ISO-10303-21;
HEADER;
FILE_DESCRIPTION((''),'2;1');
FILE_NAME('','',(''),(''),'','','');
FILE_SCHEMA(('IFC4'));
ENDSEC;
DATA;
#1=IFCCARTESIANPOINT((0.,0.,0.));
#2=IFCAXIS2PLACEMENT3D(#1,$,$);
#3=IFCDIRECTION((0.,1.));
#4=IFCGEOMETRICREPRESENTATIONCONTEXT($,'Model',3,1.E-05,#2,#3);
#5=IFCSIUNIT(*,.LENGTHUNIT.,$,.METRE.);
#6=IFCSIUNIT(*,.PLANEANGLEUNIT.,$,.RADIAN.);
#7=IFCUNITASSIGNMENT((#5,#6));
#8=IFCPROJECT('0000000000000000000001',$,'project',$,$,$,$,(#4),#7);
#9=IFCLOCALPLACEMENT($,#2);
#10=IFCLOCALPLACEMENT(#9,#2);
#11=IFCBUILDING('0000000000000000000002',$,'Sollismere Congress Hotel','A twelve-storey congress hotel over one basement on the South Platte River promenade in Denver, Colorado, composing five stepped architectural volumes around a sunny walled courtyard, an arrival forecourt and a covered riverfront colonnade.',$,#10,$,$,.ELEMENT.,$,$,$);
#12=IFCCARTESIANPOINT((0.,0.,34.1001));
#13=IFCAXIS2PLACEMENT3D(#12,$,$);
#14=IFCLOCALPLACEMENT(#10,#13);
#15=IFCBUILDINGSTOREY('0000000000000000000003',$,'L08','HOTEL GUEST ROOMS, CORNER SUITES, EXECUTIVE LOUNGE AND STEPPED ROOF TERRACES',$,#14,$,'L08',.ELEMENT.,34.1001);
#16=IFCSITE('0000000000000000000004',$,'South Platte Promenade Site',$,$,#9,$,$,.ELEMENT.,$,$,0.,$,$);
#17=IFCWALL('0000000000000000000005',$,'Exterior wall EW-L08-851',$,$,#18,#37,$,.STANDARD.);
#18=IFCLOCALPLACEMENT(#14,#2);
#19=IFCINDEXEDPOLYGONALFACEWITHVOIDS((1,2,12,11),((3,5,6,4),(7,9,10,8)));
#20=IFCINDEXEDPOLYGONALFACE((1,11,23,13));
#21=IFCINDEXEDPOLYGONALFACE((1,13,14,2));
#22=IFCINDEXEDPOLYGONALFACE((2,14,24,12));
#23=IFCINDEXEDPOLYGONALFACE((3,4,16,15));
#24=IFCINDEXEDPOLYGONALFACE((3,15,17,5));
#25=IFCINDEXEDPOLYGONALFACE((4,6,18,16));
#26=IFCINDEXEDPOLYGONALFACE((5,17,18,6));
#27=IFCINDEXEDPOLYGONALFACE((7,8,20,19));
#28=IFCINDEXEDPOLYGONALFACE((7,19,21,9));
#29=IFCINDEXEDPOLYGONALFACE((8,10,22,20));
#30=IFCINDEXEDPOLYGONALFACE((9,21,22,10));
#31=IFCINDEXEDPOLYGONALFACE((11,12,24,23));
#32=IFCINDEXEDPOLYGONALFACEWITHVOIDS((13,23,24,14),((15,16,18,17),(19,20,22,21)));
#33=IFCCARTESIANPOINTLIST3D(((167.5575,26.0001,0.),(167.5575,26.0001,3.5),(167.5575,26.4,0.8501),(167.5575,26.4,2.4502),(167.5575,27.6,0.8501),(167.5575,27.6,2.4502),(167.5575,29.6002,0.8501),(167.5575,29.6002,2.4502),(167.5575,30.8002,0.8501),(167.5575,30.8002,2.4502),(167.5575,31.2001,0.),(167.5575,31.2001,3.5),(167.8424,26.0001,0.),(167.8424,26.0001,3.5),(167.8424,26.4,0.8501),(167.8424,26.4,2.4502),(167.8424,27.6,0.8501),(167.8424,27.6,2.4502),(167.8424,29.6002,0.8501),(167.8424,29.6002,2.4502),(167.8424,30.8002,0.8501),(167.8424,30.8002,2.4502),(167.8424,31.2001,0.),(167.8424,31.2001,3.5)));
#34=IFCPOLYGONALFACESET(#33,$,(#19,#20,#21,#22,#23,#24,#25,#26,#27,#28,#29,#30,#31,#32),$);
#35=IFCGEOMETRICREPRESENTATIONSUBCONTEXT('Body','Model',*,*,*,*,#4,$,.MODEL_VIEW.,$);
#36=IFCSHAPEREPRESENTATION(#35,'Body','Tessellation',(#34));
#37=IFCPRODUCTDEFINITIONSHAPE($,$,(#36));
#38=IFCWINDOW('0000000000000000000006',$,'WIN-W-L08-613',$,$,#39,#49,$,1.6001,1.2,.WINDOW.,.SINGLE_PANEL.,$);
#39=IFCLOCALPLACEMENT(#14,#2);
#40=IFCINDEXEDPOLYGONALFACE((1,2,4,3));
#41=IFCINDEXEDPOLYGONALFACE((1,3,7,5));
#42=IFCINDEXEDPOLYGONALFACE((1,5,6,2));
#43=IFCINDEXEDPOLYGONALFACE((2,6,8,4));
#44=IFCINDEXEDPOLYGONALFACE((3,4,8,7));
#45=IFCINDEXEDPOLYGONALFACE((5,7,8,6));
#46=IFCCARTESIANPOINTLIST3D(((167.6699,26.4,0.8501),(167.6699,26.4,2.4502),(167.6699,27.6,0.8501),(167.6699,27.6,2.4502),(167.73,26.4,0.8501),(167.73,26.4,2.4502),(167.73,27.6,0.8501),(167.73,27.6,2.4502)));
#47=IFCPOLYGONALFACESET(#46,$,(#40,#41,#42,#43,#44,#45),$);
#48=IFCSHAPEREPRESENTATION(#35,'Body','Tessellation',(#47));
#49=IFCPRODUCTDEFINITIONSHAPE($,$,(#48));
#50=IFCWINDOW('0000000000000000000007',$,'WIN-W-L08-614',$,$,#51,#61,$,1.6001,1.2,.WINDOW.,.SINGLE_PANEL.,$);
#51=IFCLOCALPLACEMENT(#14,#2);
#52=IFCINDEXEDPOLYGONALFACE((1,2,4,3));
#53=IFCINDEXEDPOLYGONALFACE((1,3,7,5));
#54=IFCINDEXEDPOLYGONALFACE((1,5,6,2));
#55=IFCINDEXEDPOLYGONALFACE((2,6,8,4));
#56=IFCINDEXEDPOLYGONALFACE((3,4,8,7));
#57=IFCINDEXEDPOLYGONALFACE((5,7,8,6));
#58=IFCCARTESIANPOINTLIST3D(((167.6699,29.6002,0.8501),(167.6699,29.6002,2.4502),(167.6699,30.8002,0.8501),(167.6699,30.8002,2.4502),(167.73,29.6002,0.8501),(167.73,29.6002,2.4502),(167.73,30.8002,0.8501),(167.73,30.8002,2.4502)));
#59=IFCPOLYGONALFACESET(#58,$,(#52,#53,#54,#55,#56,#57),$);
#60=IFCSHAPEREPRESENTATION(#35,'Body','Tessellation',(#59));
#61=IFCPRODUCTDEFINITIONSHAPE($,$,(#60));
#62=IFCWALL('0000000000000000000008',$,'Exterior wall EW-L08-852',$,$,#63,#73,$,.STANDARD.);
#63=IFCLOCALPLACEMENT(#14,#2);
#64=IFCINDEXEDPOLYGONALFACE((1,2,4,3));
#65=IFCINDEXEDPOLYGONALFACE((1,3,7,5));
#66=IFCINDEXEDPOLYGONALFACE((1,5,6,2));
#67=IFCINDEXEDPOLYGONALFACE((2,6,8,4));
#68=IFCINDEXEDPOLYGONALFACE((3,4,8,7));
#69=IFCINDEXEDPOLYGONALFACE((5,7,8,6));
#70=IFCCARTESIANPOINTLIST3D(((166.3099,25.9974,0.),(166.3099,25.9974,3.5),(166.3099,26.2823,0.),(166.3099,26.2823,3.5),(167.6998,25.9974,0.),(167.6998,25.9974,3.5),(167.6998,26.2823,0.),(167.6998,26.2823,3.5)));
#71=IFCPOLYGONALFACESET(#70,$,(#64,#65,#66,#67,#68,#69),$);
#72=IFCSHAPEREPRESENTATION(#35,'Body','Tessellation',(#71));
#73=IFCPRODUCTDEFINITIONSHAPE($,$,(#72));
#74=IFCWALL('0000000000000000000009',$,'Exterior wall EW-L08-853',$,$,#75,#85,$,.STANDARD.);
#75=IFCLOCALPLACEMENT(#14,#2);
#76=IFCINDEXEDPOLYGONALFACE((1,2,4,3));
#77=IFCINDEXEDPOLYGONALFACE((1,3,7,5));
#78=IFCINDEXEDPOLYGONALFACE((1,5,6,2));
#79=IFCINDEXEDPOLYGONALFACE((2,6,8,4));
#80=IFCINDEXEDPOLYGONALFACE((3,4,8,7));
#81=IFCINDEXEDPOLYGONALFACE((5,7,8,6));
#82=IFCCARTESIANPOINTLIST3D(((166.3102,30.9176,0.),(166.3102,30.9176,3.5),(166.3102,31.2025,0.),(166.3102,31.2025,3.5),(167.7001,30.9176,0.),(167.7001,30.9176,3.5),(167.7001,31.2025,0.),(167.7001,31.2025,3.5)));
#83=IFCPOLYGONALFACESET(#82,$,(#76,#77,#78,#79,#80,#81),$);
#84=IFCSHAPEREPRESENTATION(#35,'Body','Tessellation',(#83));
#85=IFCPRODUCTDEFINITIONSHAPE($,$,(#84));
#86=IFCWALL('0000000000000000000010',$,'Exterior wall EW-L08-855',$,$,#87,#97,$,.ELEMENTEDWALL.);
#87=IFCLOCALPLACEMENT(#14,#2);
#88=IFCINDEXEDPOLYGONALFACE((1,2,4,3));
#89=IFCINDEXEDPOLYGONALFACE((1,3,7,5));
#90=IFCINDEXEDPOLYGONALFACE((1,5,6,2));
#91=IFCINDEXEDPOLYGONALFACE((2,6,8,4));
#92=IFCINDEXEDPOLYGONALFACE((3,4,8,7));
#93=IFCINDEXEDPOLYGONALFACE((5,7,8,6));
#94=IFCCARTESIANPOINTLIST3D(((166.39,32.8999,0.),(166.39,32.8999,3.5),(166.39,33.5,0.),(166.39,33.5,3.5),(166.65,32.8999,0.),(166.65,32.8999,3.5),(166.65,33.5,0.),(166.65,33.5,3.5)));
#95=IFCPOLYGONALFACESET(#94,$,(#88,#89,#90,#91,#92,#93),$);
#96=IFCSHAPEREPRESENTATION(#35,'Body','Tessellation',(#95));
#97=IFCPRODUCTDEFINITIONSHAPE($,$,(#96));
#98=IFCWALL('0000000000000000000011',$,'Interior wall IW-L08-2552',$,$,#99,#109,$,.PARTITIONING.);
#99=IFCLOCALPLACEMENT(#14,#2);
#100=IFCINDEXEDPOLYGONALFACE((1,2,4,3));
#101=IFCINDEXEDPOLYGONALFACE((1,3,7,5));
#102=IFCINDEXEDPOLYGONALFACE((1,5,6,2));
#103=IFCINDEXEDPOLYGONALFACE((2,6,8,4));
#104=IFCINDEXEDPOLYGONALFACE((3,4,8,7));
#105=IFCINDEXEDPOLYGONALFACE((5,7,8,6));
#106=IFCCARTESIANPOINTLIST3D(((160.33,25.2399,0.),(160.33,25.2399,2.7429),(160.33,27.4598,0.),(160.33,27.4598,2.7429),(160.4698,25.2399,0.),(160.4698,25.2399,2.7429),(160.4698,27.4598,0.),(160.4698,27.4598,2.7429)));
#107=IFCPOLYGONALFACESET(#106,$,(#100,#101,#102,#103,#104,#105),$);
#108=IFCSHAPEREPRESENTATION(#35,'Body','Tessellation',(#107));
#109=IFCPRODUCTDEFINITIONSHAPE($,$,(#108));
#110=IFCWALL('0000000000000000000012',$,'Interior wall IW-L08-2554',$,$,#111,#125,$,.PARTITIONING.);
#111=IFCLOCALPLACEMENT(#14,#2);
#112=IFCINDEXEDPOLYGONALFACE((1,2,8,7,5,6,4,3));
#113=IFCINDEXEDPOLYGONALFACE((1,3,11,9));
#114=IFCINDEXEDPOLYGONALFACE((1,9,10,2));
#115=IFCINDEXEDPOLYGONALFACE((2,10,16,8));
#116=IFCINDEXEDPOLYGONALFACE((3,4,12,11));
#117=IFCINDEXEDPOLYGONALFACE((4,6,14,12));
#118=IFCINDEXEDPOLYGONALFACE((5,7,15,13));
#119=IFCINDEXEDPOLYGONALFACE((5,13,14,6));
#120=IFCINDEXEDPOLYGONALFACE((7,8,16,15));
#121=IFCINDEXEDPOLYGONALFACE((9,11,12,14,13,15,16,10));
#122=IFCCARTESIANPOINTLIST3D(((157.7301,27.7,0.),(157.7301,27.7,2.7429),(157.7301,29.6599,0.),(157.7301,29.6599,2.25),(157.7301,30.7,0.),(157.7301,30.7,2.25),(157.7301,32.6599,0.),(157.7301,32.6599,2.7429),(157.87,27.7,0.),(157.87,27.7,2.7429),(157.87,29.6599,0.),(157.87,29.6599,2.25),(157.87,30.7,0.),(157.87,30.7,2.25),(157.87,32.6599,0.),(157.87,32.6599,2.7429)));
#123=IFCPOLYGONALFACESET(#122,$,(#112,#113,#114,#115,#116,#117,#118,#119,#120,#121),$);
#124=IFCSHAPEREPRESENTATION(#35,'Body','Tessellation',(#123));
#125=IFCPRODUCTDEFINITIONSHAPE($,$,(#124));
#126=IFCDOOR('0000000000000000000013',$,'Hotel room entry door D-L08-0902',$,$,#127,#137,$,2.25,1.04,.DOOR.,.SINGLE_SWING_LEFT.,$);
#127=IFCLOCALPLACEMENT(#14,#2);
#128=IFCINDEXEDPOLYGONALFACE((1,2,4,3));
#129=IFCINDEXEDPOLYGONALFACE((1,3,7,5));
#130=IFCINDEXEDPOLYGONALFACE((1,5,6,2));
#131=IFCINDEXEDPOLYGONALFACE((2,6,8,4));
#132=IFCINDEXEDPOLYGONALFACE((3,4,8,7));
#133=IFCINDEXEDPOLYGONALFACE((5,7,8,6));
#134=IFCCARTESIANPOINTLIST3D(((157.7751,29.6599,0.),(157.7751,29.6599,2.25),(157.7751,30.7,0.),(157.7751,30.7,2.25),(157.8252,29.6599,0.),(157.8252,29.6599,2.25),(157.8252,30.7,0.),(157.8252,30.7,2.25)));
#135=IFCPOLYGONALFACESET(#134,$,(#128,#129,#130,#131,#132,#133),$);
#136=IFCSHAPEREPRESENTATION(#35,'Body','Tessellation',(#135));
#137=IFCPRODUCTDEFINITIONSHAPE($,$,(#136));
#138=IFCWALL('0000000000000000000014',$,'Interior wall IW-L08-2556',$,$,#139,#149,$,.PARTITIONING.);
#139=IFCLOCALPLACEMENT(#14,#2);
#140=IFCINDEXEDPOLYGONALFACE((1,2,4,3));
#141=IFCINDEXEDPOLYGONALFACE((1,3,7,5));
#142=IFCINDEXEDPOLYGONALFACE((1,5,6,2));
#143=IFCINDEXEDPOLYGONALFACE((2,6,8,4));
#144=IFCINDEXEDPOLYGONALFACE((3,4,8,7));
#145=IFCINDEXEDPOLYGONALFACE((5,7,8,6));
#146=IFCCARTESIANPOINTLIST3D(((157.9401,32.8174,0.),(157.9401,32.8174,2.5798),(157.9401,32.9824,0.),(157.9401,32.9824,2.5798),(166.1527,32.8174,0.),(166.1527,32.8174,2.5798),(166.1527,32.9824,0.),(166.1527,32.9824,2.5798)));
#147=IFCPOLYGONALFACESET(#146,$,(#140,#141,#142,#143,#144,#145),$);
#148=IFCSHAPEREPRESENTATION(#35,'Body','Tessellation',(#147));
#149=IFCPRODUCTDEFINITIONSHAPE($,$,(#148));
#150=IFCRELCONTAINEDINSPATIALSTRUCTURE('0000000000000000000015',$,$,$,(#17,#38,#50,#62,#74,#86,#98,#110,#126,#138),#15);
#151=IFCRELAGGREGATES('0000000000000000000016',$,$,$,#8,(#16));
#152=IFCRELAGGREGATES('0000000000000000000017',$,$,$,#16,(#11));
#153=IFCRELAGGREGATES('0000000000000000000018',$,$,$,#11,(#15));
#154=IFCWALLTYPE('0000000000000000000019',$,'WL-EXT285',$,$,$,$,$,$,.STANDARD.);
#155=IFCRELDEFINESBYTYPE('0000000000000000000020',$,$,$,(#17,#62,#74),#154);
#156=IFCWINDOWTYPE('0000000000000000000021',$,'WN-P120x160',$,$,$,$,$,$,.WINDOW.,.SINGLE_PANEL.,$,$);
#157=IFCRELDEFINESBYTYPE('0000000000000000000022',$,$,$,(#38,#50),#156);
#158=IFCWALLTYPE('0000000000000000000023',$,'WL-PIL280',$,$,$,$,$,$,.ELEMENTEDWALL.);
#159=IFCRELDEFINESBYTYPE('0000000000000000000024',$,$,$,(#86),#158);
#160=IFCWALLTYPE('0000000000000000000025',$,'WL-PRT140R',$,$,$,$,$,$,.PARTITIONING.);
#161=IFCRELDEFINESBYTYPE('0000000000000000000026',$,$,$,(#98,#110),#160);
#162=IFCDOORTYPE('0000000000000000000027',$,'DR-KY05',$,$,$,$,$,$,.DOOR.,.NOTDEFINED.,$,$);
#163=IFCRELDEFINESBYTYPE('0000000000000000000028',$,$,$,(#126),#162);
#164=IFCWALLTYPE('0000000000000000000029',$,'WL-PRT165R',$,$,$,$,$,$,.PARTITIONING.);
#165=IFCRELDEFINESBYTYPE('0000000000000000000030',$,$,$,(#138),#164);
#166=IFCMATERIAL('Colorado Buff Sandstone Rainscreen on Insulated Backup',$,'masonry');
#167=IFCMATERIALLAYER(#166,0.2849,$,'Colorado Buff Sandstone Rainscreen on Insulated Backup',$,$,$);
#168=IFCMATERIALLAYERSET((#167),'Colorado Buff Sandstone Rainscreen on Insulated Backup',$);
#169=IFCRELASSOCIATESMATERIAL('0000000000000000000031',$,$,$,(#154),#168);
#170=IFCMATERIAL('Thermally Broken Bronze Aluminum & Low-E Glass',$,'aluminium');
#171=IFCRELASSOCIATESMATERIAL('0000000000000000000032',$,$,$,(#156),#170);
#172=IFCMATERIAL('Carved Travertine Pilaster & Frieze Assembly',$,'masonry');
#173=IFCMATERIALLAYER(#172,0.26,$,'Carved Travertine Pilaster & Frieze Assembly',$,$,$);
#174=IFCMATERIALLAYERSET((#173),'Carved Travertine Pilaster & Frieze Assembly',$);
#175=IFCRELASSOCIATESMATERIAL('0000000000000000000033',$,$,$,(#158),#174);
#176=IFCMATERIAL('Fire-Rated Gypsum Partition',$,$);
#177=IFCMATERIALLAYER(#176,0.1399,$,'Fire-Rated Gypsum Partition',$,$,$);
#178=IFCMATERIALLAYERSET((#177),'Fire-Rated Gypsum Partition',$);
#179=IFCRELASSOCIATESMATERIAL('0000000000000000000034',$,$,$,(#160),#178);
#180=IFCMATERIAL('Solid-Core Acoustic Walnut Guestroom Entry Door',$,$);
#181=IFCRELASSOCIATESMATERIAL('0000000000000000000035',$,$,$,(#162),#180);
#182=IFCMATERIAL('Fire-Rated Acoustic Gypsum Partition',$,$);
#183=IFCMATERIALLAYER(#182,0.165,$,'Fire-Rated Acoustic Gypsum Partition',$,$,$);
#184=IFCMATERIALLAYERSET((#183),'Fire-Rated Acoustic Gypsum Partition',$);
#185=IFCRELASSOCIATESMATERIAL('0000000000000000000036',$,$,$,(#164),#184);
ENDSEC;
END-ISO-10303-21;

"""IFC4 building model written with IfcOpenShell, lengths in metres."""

from ifc_helpers import new_model, si_unit, direction, frame, frame_2d, origin, place, context, subcontext, project, spatial, rectangle, extrude, material, layer, layer_set, type_object, element, fill, save


model = new_model("IFC4")

# Units and contexts
model_context = context("Model", 3, precision=1e-05, world=origin(), true_north=direction((0.0, 1.0)))
body_context = subcontext(model_context, "Body", "Model", "MODEL_VIEW")
ifc_project = project(units=[si_unit("LENGTHUNIT", "METRE"), si_unit("PLANEANGLEUNIT", "RADIAN")], contexts=[model_context])

# Site, building, storey
site_placement = place(None, origin())
site = spatial("IfcSite", under=ifc_project, at=site_placement, Name="South Platte Promenade Site", CompositionType="ELEMENT", RefElevation=0.0)
building_placement = place(site_placement, origin())
building = spatial("IfcBuilding", under=site, at=building_placement, Name="Sollismere Congress Hotel", Description="A twelve-storey congress hotel over one basement on the South Platte River promenade in Denver, Colorado, composing five stepped architectural volumes around a sunny walled courtyard, an arrival forecourt and a covered riverfront colonnade.", CompositionType="ELEMENT")
storey_placement = place(building_placement, frame((0.0, 0.0, 34.1001)))
storey = spatial("IfcBuildingStorey", under=building, at=storey_placement, Name="L08", Description="HOTEL GUEST ROOMS, CORNER SUITES, EXECUTIVE LOUNGE AND STEPPED ROOF TERRACES", LongName="L08", CompositionType="ELEMENT", Elevation=34.1001)

# Shared definitions
ifc_material_1 = material(Name="Colorado Buff Sandstone Rainscreen on Insulated Backup", Category="masonry")
ifc_layer_1 = layer(ifc_material_1, 0.2849, Name="Colorado Buff Sandstone Rainscreen on Insulated Backup")
ifc_layer_set_1 = layer_set([ifc_layer_1], Name="Colorado Buff Sandstone Rainscreen on Insulated Backup")
wall_type_1 = type_object("IfcWallType", Name="WL-EXT285", PredefinedType="STANDARD", material=ifc_layer_set_1)

# Wall, openings, windows
wall_1_placement = place(storey_placement, frame((167.7, 26.0, 0.0), z_axis=(0.0, 0.0, 1.0), x_axis=(0.0, 1.0, 0.0)))
wall_1 = element("IfcWall", 1, at=wall_1_placement, inside=storey, type_object=wall_type_1, Name="Exterior wall EW-L08-851", PredefinedType="STANDARD", context=body_context, shape_type="SweptSolid", body=[
    extrude(rectangle(XDim=5.2, YDim=0.2849, at=frame_2d((2.6001, 0.0))), origin(), (0.0, 0.0, 1.0), 3.5),
])
opening_1_placement = place(wall_1_placement, frame((0.3999, 0.0, 0.8501)))
opening_1 = element("IfcOpeningElement", 2, at=opening_1_placement, cuts=wall_1, PredefinedType="OPENING", context=body_context, shape_type="SweptSolid", body=[
    extrude(rectangle(XDim=1.2, YDim=1.6001, at=frame_2d((0.6001, 0.8))), frame((0.0, 0.1523, 0.0), z_axis=(0.0, -1.0, 0.0), x_axis=(1.0, 0.0, 0.0)), (0.0, 0.0, 1.0), 0.3049),
])
opening_2_placement = place(wall_1_placement, frame((3.6001, 0.0, 0.8501)))
opening_2 = element("IfcOpeningElement", 3, at=opening_2_placement, cuts=wall_1, PredefinedType="OPENING", context=body_context, shape_type="SweptSolid", body=[
    extrude(rectangle(XDim=1.2, YDim=1.6001, at=frame_2d((0.6001, 0.8))), frame((0.0, 0.1523, 0.0), z_axis=(0.0, -1.0, 0.0), x_axis=(1.0, 0.0, 0.0)), (0.0, 0.0, 1.0), 0.3049),
])
ifc_material_2 = material(Name="Thermally Broken Bronze Aluminum & Low-E Glass", Category="aluminium")
window_type = type_object("IfcWindowType", Name="WN-P120x160", PartitioningType="SINGLE_PANEL", PredefinedType="WINDOW", material=ifc_material_2)
window_1_placement = place(opening_1_placement, origin())
window_1 = element("IfcWindow", 4, at=window_1_placement, inside=storey, type_object=window_type, Name="WIN-W-L08-613", OverallHeight=1.6001, OverallWidth=1.2, PartitioningType="SINGLE_PANEL", PredefinedType="WINDOW", context=body_context, shape_type="SweptSolid", body=[
    extrude(rectangle(XDim=1.2, YDim=1.6001, at=frame_2d((0.6001, 0.8))), frame((0.0, 0.03, 0.0), z_axis=(0.0, -1.0, 0.0), x_axis=(1.0, 0.0, 0.0)), (0.0, 0.0, 1.0), 0.0601),
])
fill(opening_1, window_1)
window_2_placement = place(opening_2_placement, origin())
window_2 = element("IfcWindow", 5, at=window_2_placement, inside=storey, type_object=window_type, Name="WIN-W-L08-614", OverallHeight=1.6001, OverallWidth=1.2, PartitioningType="SINGLE_PANEL", PredefinedType="WINDOW", context=body_context, shape_type="SweptSolid", body=[
    extrude(rectangle(XDim=1.2, YDim=1.6001, at=frame_2d((0.6001, 0.8))), frame((0.0, 0.03, 0.0), z_axis=(0.0, -1.0, 0.0), x_axis=(1.0, 0.0, 0.0)), (0.0, 0.0, 1.0), 0.0601),
])
fill(opening_2, window_2)

# Walls
for number, where, z_axis, x_axis, name in (
    (6, (166.3101, 26.1399, 0.0), (0.0, 0.0, 1.0), (1.0, 0.0, 0.0), "Exterior wall EW-L08-852"),
    (7, (167.7, 31.0601, 0.0), (0.0, 0.0, 1.0), (-1.0, 0.0, 0.0), "Exterior wall EW-L08-853"),
):
    element("IfcWall", number, at=place(storey_placement, frame(where, z_axis=z_axis, x_axis=x_axis)), inside=storey, type_object=wall_type_1, Name=name, PredefinedType="STANDARD", context=body_context, shape_type="SweptSolid", body=[
        extrude(rectangle(XDim=1.3899, YDim=0.2849, at=frame_2d((0.6948, 0.0))), origin(), (0.0, 0.0, 1.0), 3.5),
    ])
ifc_material_3 = material(Name="Carved Travertine Pilaster & Frieze Assembly", Category="masonry")
ifc_layer_2 = layer(ifc_material_3, 0.26, Name="Carved Travertine Pilaster & Frieze Assembly")
ifc_layer_set_2 = layer_set([ifc_layer_2], Name="Carved Travertine Pilaster & Frieze Assembly")
wall_type_2 = type_object("IfcWallType", Name="WL-PIL280", PredefinedType="ELEMENTEDWALL", material=ifc_layer_set_2)
wall_2_placement = place(storey_placement, frame((166.52, 32.8999, 0.0), z_axis=(0.0, 0.0, 1.0), x_axis=(0.0, 1.0, 0.0)))
element("IfcWall", 8, at=wall_2_placement, inside=storey, type_object=wall_type_2, Name="Exterior wall EW-L08-855", PredefinedType="ELEMENTEDWALL", context=body_context, shape_type="SweptSolid", body=[
    extrude(rectangle(XDim=0.6001, YDim=0.26, at=frame_2d((0.3, 0.0))), origin(), (0.0, 0.0, 1.0), 3.5),
])

# Shared definitions
ifc_material_4 = material(Name="Fire-Rated Gypsum Partition")
ifc_layer_3 = layer(ifc_material_4, 0.1399, Name="Fire-Rated Gypsum Partition")
ifc_layer_set_3 = layer_set([ifc_layer_3], Name="Fire-Rated Gypsum Partition")
wall_type_3 = type_object("IfcWallType", Name="WL-PRT140R", PredefinedType="PARTITIONING", material=ifc_layer_set_3)

# Wall
wall_3_placement = place(storey_placement, frame((160.3999, 25.24, 0.0), z_axis=(0.0, 0.0, 1.0), x_axis=(0.0, 1.0, 0.0)))
element("IfcWall", 9, at=wall_3_placement, inside=storey, type_object=wall_type_3, Name="Interior wall IW-L08-2552", PredefinedType="PARTITIONING", context=body_context, shape_type="SweptSolid", body=[
    extrude(rectangle(XDim=2.22, YDim=0.1399, at=frame_2d((1.1099, 0.0))), origin(), (0.0, 0.0, 1.0), 2.7429),
])

# Wall, opening, door
wall_4_placement = place(storey_placement, frame((157.8, 27.7, 0.0), z_axis=(0.0, 0.0, 1.0), x_axis=(0.0, 1.0, 0.0)))
wall_4 = element("IfcWall", 10, at=wall_4_placement, inside=storey, type_object=wall_type_3, Name="Interior wall IW-L08-2554", PredefinedType="PARTITIONING", context=body_context, shape_type="SweptSolid", body=[
    extrude(rectangle(XDim=4.96, YDim=0.1399, at=frame_2d((2.48, 0.0))), origin(), (0.0, 0.0, 1.0), 2.7429),
])
opening_3_placement = place(wall_4_placement, frame((1.96, 0.0, 0.0)))
opening_3 = element("IfcOpeningElement", 11, at=opening_3_placement, cuts=wall_4, PredefinedType="OPENING", context=body_context, shape_type="SweptSolid", body=[
    extrude(rectangle(XDim=1.04, YDim=2.25, at=frame_2d((0.52, 1.125))), frame((0.0, 0.0798, 0.0), z_axis=(0.0, -1.0, 0.0), x_axis=(1.0, 0.0, 0.0)), (0.0, 0.0, 1.0), 0.1599),
])
ifc_material_5 = material(Name="Solid-Core Acoustic Walnut Guestroom Entry Door")
door_type_1 = type_object("IfcDoorType", Name="DR-KY05", OperationType="NOTDEFINED", PredefinedType="DOOR", material=ifc_material_5)
door_1_placement = place(opening_3_placement, origin())
door_1 = element("IfcDoor", 12, at=door_1_placement, inside=storey, type_object=door_type_1, Name="Hotel room entry door D-L08-0902", OperationType="SINGLE_SWING_LEFT", OverallHeight=2.25, OverallWidth=1.04, PredefinedType="DOOR", context=body_context, shape_type="SweptSolid", body=[
    extrude(rectangle(XDim=1.04, YDim=2.25, at=frame_2d((0.52, 1.125))), frame((0.0, 0.0249, 0.0), z_axis=(0.0, -1.0, 0.0), x_axis=(1.0, 0.0, 0.0)), (0.0, 0.0, 1.0), 0.05),
])
fill(opening_3, door_1)

# Wall
ifc_material_6 = material(Name="Fire-Rated Acoustic Gypsum Partition")
ifc_layer_4 = layer(ifc_material_6, 0.165, Name="Fire-Rated Acoustic Gypsum Partition")
ifc_layer_set_4 = layer_set([ifc_layer_4], Name="Fire-Rated Acoustic Gypsum Partition")
wall_type_4 = type_object("IfcWallType", Name="WL-PRT165R", PredefinedType="PARTITIONING", material=ifc_layer_set_4)
wall_5_placement = place(storey_placement, frame((157.9399, 32.8999, 0.0), z_axis=(0.0, 0.0, 1.0), x_axis=(1.0, 0.0, 0.0)))
element("IfcWall", 13, at=wall_5_placement, inside=storey, type_object=wall_type_4, Name="Interior wall IW-L08-2556", PredefinedType="PARTITIONING", context=body_context, shape_type="SweptSolid", body=[
    extrude(rectangle(XDim=8.2126, YDim=0.165, at=frame_2d((4.1064, 0.0))), origin(), (0.0, 0.0, 1.0), 2.5798),
])

save(model, "model.ifc")
